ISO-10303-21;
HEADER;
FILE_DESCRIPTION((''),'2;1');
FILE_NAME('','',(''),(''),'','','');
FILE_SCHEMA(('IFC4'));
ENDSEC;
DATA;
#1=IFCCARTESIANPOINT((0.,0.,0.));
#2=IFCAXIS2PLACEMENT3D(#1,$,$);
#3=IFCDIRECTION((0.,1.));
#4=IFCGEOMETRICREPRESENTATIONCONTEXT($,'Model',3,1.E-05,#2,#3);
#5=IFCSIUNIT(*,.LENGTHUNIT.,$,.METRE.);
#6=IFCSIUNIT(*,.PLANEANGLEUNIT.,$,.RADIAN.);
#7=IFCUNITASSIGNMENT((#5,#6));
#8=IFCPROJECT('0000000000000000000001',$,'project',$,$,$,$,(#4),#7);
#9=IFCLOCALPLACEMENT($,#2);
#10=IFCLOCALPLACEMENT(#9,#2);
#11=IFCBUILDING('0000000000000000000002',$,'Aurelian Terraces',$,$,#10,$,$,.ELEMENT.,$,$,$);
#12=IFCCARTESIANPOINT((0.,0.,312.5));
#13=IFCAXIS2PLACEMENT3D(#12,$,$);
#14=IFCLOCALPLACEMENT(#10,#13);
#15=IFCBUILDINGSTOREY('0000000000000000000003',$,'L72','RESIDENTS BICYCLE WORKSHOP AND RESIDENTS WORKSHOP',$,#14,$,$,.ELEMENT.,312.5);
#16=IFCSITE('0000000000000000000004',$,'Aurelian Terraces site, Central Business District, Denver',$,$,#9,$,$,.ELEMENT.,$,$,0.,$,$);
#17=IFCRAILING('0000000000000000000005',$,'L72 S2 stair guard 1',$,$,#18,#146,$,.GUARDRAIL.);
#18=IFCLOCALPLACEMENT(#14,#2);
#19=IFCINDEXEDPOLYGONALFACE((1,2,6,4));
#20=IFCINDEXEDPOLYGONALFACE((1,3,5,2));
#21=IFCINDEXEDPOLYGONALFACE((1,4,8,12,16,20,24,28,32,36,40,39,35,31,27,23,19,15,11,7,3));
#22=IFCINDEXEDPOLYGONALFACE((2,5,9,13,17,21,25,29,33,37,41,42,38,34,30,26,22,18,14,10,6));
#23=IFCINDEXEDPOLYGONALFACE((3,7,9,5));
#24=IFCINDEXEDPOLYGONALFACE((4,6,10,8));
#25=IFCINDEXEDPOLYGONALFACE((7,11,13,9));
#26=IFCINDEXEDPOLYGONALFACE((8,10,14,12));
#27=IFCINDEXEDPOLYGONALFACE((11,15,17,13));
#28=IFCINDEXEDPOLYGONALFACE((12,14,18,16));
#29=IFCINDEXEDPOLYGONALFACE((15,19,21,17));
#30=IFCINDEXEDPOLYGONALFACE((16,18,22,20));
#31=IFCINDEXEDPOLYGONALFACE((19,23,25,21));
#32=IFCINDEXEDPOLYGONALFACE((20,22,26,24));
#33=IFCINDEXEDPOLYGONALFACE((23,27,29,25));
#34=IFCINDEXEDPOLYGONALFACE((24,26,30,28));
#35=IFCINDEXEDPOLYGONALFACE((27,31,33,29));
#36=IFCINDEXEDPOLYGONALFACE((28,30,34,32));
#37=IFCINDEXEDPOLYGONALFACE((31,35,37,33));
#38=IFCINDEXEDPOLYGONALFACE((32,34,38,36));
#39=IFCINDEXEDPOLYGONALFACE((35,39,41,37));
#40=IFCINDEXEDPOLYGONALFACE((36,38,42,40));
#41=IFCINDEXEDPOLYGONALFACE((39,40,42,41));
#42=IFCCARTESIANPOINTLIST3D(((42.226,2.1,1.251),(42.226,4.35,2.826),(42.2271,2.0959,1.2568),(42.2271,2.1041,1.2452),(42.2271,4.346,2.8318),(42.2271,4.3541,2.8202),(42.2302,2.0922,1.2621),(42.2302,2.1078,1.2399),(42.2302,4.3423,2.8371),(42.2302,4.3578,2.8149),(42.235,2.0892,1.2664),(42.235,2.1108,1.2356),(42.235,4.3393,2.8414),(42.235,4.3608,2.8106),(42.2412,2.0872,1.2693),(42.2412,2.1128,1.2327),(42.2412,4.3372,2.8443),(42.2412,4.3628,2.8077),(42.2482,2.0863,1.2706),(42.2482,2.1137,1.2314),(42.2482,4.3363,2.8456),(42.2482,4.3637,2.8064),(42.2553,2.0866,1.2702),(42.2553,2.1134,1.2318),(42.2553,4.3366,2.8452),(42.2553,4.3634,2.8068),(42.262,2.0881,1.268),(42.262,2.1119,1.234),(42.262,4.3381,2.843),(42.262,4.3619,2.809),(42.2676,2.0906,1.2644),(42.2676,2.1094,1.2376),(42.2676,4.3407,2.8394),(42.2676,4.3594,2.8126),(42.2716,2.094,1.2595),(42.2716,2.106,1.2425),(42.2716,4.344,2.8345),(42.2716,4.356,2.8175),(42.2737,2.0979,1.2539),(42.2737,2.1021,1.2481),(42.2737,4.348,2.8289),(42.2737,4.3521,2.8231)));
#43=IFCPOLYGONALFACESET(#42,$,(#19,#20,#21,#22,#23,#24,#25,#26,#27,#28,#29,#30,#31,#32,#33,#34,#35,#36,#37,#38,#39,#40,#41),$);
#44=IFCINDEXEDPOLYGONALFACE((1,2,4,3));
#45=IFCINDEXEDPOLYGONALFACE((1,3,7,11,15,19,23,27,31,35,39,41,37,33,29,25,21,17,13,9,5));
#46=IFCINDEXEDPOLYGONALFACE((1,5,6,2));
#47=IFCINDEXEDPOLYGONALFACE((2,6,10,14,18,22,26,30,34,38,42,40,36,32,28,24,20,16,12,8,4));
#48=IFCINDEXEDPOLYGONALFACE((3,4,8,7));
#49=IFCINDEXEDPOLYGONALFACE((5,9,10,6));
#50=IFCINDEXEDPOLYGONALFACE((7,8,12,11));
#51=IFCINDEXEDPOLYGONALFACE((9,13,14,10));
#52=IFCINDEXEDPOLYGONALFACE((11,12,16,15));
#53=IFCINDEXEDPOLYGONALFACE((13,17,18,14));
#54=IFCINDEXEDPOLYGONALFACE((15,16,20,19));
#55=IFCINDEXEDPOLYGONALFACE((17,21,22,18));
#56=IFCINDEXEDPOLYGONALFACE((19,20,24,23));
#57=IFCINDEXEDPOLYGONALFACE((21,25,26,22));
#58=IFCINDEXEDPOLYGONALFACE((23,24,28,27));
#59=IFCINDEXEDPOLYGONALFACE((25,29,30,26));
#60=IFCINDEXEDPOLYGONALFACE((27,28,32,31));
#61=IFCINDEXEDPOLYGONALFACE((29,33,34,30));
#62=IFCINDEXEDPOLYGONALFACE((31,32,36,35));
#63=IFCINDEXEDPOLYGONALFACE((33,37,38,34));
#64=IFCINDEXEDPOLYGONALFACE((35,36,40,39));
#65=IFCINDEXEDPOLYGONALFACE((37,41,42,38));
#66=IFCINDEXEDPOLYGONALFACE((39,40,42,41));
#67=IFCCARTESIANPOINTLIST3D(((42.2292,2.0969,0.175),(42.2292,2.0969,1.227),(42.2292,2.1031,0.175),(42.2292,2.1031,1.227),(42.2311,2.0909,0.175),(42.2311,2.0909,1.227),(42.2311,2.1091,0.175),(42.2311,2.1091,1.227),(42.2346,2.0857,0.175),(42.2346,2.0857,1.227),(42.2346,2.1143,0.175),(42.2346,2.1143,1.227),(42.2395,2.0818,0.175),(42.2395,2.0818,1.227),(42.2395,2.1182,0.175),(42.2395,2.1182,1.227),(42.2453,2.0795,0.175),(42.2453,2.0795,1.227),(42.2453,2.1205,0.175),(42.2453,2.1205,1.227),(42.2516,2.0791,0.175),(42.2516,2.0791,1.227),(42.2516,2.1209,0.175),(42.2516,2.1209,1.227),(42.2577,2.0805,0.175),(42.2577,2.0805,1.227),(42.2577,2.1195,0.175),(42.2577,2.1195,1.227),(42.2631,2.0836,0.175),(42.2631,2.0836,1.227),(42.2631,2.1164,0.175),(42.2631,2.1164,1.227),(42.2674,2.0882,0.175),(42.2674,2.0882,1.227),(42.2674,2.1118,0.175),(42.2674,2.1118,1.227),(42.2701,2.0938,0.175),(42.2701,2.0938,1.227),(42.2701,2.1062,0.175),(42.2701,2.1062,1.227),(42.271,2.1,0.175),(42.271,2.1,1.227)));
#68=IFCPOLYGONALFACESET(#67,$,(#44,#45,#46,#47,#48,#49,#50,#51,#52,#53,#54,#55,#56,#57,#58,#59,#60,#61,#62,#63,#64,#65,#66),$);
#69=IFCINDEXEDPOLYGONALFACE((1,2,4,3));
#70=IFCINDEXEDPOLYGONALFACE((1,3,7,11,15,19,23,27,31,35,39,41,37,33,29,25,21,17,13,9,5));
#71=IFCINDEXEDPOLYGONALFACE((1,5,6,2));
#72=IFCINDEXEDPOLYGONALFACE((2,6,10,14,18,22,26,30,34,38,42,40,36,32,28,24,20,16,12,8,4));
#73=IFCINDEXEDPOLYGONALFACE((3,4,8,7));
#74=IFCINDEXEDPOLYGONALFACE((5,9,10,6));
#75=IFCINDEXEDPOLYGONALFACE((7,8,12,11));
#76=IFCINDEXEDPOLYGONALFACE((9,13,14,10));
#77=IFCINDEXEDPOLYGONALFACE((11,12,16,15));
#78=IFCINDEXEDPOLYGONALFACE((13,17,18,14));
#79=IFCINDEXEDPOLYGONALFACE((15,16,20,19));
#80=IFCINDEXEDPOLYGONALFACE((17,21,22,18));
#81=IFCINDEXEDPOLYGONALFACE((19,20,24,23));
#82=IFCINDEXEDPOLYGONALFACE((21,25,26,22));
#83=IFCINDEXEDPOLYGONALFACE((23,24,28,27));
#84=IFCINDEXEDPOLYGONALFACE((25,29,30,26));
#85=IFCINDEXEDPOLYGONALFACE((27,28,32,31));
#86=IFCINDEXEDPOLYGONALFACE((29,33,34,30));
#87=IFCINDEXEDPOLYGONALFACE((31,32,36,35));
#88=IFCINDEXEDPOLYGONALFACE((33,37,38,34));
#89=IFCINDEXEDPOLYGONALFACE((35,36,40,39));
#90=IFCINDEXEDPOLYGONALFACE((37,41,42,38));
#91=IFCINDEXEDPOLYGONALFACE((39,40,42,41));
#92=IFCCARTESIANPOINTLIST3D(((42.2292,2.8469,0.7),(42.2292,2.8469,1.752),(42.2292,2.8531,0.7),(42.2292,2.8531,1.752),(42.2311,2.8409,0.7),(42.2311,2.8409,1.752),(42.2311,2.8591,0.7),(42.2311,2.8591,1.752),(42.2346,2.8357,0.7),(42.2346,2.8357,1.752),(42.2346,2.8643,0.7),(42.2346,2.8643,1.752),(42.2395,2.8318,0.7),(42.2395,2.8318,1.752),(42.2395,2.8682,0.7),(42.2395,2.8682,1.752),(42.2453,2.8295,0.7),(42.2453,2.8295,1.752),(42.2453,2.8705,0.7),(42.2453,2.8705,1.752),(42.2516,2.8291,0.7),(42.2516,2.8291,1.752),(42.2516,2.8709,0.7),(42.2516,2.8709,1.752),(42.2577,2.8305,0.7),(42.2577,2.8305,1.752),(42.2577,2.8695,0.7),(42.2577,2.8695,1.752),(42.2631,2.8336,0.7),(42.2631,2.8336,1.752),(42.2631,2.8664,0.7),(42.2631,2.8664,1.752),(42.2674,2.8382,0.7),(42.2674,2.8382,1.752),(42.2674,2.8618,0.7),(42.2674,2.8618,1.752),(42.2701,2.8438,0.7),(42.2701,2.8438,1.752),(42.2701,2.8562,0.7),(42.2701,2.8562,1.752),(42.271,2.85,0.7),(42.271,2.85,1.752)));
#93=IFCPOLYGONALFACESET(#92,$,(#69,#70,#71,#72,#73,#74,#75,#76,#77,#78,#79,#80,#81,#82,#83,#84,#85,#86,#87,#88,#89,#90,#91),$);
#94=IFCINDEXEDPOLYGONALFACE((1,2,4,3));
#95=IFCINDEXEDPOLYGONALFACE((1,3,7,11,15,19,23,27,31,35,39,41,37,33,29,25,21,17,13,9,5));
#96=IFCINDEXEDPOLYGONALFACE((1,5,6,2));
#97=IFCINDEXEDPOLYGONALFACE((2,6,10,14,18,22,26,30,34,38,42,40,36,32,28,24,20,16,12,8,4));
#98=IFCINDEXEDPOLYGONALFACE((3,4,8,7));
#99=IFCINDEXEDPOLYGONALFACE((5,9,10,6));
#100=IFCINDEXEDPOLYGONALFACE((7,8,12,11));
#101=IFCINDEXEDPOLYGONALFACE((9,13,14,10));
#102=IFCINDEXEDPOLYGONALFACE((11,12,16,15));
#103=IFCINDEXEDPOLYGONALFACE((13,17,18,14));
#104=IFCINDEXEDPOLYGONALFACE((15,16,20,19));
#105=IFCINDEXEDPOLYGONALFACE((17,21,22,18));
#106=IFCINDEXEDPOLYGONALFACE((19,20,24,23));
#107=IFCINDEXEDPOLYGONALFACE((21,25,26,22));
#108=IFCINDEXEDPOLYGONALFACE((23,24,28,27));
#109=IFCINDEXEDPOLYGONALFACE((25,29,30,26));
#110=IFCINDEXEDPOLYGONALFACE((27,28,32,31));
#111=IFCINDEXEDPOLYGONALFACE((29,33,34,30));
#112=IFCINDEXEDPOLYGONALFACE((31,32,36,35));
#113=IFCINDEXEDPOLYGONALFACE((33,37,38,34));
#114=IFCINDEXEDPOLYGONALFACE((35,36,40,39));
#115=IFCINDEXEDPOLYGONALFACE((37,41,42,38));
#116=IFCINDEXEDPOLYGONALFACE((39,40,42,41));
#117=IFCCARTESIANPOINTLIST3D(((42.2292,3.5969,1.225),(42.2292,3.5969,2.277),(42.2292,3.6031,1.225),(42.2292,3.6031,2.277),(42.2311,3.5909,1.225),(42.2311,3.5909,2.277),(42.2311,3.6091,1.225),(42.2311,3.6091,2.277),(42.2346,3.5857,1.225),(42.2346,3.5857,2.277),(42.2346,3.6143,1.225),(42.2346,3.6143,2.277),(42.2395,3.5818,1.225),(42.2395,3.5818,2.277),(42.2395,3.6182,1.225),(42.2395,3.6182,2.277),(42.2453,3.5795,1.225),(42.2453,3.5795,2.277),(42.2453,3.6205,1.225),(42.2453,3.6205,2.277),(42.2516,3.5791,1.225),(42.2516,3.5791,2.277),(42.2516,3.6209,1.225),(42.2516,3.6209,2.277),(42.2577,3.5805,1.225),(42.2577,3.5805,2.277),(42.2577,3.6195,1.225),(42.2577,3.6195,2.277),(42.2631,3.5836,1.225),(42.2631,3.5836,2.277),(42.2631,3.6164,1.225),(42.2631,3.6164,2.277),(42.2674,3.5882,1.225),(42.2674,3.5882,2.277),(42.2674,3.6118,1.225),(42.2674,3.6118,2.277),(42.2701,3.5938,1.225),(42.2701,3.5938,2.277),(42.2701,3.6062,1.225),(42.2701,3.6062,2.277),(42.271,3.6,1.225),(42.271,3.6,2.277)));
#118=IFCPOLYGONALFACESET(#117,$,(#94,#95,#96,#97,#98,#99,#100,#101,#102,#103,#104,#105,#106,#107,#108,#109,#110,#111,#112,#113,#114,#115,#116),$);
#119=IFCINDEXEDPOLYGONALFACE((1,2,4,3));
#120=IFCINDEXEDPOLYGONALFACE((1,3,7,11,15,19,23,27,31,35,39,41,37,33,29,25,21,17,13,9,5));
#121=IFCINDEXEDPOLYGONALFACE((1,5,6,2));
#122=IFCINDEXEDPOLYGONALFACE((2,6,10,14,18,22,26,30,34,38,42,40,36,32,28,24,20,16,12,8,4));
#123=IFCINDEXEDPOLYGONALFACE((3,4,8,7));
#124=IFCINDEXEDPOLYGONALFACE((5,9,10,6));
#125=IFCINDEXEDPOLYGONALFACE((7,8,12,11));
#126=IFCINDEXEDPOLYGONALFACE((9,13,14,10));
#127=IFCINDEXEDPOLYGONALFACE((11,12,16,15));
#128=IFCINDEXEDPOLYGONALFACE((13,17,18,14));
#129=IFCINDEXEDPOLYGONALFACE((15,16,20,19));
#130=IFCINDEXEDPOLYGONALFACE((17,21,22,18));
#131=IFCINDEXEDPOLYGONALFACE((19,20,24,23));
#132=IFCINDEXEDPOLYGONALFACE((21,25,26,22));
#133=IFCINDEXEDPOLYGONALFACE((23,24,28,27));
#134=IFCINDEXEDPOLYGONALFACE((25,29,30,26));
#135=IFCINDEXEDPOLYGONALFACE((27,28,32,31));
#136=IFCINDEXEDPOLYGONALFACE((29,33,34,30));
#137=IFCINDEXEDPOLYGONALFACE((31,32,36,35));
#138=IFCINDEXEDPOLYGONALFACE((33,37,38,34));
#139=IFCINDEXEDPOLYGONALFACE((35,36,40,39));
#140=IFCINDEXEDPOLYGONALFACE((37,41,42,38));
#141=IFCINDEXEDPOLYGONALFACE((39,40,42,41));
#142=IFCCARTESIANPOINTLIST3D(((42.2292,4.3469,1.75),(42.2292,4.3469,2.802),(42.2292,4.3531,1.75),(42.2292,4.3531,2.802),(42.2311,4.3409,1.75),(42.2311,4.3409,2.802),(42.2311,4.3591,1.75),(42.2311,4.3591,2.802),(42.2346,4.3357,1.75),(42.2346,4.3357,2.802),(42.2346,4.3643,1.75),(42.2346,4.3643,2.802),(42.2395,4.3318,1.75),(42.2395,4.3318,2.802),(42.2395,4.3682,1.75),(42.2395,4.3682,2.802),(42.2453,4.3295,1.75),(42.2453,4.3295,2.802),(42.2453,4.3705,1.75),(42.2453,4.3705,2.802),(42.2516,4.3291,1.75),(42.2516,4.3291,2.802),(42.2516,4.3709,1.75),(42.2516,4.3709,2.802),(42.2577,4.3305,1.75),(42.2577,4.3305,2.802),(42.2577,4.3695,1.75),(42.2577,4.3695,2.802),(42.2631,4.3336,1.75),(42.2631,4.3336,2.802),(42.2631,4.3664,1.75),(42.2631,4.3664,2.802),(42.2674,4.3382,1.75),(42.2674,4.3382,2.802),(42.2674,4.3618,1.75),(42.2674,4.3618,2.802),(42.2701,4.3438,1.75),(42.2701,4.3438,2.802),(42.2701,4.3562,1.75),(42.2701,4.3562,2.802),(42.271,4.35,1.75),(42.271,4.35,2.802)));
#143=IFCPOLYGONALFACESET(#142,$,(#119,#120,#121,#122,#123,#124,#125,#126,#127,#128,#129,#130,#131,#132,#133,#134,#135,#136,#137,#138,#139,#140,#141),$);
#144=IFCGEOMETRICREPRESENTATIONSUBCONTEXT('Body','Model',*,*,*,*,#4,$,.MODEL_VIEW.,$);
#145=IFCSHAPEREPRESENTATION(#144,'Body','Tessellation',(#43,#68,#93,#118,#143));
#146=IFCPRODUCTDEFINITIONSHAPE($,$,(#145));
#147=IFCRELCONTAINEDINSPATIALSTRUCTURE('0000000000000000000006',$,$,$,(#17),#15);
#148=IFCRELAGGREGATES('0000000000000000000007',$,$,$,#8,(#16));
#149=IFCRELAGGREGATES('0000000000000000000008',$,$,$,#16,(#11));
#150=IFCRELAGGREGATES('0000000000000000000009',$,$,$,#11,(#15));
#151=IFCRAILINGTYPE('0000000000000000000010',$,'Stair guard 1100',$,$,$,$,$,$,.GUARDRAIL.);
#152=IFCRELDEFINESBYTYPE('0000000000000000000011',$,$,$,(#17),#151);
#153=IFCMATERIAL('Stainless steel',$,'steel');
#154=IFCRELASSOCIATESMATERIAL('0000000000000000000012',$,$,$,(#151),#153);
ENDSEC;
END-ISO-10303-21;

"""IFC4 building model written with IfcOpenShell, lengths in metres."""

from ifc_helpers import new_model, si_unit, direction, frame, origin, origin_2d, place, context, subcontext, project, spatial, circle, extrude, source, transform, mapped, material, type_object, element, save


model = new_model("IFC4")

# Units and contexts
model_context = context("Model", 3, precision=1e-05, world=origin(), true_north=direction((0.0, 1.0)))
body_context = subcontext(model_context, "Body", "Model", "MODEL_VIEW")
ifc_project = project(units=[si_unit("LENGTHUNIT", "METRE"), si_unit("PLANEANGLEUNIT", "RADIAN")], contexts=[model_context])

# Site, building, storey
site_placement = place(None, origin())
site = spatial("IfcSite", under=ifc_project, at=site_placement, Name="Aurelian Terraces site, Central Business District, Denver", CompositionType="ELEMENT", RefElevation=0.0)
building_placement = place(site_placement, origin())
building = spatial("IfcBuilding", under=site, at=building_placement, Name="Aurelian Terraces", CompositionType="ELEMENT")
storey_placement = place(building_placement, frame((0.0, 0.0, 312.5)))
storey = spatial("IfcBuildingStorey", under=building, at=storey_placement, Name="L72", Description="RESIDENTS BICYCLE WORKSHOP AND RESIDENTS WORKSHOP", CompositionType="ELEMENT", Elevation=312.5)

# Railing
ifc_material_1 = material(Name="Stainless steel", Category="steel")
railing_type_1 = type_object("IfcRailingType", Name="Stair guard 1100", PredefinedType="GUARDRAIL", material=ifc_material_1)
shared_shape_1 = source(origin(), body_context, "Body", "SweptSolid", [
    extrude(circle(Radius=0.024, at=origin_2d()), frame((0.0, 0.0, 1.076), z_axis=(0.0, 0.819232, 0.573462), x_axis=(-1.0, 0.0, 0.0)), (0.0, 0.0, 1.0), 2.7465),
    extrude(circle(Radius=0.021, at=origin_2d()), origin(), (0.0, 0.0, 1.0), 1.052),
    extrude(circle(Radius=0.021, at=origin_2d()), frame((0.0, 0.75, 0.525)), (0.0, 0.0, 1.0), 1.052),
    extrude(circle(Radius=0.021, at=origin_2d()), frame((0.0, 1.5, 1.05)), (0.0, 0.0, 1.0), 1.052),
    extrude(circle(Radius=0.021, at=origin_2d()), frame((0.0, 2.25, 1.575)), (0.0, 0.0, 1.0), 1.052),
])
railing_1_placement = place(storey_placement, frame((42.25, 2.1, 0.175)))
element("IfcRailing", 1, at=railing_1_placement, inside=storey, type_object=railing_type_1, Name="L72 S2 stair guard 1", PredefinedType="GUARDRAIL", context=body_context, shape_type="MappedRepresentation", body=[
    mapped(shared_shape_1, transform((0.0, 0.0, 0.0), scale=1.0)),
])

save(model, "model.ifc")
